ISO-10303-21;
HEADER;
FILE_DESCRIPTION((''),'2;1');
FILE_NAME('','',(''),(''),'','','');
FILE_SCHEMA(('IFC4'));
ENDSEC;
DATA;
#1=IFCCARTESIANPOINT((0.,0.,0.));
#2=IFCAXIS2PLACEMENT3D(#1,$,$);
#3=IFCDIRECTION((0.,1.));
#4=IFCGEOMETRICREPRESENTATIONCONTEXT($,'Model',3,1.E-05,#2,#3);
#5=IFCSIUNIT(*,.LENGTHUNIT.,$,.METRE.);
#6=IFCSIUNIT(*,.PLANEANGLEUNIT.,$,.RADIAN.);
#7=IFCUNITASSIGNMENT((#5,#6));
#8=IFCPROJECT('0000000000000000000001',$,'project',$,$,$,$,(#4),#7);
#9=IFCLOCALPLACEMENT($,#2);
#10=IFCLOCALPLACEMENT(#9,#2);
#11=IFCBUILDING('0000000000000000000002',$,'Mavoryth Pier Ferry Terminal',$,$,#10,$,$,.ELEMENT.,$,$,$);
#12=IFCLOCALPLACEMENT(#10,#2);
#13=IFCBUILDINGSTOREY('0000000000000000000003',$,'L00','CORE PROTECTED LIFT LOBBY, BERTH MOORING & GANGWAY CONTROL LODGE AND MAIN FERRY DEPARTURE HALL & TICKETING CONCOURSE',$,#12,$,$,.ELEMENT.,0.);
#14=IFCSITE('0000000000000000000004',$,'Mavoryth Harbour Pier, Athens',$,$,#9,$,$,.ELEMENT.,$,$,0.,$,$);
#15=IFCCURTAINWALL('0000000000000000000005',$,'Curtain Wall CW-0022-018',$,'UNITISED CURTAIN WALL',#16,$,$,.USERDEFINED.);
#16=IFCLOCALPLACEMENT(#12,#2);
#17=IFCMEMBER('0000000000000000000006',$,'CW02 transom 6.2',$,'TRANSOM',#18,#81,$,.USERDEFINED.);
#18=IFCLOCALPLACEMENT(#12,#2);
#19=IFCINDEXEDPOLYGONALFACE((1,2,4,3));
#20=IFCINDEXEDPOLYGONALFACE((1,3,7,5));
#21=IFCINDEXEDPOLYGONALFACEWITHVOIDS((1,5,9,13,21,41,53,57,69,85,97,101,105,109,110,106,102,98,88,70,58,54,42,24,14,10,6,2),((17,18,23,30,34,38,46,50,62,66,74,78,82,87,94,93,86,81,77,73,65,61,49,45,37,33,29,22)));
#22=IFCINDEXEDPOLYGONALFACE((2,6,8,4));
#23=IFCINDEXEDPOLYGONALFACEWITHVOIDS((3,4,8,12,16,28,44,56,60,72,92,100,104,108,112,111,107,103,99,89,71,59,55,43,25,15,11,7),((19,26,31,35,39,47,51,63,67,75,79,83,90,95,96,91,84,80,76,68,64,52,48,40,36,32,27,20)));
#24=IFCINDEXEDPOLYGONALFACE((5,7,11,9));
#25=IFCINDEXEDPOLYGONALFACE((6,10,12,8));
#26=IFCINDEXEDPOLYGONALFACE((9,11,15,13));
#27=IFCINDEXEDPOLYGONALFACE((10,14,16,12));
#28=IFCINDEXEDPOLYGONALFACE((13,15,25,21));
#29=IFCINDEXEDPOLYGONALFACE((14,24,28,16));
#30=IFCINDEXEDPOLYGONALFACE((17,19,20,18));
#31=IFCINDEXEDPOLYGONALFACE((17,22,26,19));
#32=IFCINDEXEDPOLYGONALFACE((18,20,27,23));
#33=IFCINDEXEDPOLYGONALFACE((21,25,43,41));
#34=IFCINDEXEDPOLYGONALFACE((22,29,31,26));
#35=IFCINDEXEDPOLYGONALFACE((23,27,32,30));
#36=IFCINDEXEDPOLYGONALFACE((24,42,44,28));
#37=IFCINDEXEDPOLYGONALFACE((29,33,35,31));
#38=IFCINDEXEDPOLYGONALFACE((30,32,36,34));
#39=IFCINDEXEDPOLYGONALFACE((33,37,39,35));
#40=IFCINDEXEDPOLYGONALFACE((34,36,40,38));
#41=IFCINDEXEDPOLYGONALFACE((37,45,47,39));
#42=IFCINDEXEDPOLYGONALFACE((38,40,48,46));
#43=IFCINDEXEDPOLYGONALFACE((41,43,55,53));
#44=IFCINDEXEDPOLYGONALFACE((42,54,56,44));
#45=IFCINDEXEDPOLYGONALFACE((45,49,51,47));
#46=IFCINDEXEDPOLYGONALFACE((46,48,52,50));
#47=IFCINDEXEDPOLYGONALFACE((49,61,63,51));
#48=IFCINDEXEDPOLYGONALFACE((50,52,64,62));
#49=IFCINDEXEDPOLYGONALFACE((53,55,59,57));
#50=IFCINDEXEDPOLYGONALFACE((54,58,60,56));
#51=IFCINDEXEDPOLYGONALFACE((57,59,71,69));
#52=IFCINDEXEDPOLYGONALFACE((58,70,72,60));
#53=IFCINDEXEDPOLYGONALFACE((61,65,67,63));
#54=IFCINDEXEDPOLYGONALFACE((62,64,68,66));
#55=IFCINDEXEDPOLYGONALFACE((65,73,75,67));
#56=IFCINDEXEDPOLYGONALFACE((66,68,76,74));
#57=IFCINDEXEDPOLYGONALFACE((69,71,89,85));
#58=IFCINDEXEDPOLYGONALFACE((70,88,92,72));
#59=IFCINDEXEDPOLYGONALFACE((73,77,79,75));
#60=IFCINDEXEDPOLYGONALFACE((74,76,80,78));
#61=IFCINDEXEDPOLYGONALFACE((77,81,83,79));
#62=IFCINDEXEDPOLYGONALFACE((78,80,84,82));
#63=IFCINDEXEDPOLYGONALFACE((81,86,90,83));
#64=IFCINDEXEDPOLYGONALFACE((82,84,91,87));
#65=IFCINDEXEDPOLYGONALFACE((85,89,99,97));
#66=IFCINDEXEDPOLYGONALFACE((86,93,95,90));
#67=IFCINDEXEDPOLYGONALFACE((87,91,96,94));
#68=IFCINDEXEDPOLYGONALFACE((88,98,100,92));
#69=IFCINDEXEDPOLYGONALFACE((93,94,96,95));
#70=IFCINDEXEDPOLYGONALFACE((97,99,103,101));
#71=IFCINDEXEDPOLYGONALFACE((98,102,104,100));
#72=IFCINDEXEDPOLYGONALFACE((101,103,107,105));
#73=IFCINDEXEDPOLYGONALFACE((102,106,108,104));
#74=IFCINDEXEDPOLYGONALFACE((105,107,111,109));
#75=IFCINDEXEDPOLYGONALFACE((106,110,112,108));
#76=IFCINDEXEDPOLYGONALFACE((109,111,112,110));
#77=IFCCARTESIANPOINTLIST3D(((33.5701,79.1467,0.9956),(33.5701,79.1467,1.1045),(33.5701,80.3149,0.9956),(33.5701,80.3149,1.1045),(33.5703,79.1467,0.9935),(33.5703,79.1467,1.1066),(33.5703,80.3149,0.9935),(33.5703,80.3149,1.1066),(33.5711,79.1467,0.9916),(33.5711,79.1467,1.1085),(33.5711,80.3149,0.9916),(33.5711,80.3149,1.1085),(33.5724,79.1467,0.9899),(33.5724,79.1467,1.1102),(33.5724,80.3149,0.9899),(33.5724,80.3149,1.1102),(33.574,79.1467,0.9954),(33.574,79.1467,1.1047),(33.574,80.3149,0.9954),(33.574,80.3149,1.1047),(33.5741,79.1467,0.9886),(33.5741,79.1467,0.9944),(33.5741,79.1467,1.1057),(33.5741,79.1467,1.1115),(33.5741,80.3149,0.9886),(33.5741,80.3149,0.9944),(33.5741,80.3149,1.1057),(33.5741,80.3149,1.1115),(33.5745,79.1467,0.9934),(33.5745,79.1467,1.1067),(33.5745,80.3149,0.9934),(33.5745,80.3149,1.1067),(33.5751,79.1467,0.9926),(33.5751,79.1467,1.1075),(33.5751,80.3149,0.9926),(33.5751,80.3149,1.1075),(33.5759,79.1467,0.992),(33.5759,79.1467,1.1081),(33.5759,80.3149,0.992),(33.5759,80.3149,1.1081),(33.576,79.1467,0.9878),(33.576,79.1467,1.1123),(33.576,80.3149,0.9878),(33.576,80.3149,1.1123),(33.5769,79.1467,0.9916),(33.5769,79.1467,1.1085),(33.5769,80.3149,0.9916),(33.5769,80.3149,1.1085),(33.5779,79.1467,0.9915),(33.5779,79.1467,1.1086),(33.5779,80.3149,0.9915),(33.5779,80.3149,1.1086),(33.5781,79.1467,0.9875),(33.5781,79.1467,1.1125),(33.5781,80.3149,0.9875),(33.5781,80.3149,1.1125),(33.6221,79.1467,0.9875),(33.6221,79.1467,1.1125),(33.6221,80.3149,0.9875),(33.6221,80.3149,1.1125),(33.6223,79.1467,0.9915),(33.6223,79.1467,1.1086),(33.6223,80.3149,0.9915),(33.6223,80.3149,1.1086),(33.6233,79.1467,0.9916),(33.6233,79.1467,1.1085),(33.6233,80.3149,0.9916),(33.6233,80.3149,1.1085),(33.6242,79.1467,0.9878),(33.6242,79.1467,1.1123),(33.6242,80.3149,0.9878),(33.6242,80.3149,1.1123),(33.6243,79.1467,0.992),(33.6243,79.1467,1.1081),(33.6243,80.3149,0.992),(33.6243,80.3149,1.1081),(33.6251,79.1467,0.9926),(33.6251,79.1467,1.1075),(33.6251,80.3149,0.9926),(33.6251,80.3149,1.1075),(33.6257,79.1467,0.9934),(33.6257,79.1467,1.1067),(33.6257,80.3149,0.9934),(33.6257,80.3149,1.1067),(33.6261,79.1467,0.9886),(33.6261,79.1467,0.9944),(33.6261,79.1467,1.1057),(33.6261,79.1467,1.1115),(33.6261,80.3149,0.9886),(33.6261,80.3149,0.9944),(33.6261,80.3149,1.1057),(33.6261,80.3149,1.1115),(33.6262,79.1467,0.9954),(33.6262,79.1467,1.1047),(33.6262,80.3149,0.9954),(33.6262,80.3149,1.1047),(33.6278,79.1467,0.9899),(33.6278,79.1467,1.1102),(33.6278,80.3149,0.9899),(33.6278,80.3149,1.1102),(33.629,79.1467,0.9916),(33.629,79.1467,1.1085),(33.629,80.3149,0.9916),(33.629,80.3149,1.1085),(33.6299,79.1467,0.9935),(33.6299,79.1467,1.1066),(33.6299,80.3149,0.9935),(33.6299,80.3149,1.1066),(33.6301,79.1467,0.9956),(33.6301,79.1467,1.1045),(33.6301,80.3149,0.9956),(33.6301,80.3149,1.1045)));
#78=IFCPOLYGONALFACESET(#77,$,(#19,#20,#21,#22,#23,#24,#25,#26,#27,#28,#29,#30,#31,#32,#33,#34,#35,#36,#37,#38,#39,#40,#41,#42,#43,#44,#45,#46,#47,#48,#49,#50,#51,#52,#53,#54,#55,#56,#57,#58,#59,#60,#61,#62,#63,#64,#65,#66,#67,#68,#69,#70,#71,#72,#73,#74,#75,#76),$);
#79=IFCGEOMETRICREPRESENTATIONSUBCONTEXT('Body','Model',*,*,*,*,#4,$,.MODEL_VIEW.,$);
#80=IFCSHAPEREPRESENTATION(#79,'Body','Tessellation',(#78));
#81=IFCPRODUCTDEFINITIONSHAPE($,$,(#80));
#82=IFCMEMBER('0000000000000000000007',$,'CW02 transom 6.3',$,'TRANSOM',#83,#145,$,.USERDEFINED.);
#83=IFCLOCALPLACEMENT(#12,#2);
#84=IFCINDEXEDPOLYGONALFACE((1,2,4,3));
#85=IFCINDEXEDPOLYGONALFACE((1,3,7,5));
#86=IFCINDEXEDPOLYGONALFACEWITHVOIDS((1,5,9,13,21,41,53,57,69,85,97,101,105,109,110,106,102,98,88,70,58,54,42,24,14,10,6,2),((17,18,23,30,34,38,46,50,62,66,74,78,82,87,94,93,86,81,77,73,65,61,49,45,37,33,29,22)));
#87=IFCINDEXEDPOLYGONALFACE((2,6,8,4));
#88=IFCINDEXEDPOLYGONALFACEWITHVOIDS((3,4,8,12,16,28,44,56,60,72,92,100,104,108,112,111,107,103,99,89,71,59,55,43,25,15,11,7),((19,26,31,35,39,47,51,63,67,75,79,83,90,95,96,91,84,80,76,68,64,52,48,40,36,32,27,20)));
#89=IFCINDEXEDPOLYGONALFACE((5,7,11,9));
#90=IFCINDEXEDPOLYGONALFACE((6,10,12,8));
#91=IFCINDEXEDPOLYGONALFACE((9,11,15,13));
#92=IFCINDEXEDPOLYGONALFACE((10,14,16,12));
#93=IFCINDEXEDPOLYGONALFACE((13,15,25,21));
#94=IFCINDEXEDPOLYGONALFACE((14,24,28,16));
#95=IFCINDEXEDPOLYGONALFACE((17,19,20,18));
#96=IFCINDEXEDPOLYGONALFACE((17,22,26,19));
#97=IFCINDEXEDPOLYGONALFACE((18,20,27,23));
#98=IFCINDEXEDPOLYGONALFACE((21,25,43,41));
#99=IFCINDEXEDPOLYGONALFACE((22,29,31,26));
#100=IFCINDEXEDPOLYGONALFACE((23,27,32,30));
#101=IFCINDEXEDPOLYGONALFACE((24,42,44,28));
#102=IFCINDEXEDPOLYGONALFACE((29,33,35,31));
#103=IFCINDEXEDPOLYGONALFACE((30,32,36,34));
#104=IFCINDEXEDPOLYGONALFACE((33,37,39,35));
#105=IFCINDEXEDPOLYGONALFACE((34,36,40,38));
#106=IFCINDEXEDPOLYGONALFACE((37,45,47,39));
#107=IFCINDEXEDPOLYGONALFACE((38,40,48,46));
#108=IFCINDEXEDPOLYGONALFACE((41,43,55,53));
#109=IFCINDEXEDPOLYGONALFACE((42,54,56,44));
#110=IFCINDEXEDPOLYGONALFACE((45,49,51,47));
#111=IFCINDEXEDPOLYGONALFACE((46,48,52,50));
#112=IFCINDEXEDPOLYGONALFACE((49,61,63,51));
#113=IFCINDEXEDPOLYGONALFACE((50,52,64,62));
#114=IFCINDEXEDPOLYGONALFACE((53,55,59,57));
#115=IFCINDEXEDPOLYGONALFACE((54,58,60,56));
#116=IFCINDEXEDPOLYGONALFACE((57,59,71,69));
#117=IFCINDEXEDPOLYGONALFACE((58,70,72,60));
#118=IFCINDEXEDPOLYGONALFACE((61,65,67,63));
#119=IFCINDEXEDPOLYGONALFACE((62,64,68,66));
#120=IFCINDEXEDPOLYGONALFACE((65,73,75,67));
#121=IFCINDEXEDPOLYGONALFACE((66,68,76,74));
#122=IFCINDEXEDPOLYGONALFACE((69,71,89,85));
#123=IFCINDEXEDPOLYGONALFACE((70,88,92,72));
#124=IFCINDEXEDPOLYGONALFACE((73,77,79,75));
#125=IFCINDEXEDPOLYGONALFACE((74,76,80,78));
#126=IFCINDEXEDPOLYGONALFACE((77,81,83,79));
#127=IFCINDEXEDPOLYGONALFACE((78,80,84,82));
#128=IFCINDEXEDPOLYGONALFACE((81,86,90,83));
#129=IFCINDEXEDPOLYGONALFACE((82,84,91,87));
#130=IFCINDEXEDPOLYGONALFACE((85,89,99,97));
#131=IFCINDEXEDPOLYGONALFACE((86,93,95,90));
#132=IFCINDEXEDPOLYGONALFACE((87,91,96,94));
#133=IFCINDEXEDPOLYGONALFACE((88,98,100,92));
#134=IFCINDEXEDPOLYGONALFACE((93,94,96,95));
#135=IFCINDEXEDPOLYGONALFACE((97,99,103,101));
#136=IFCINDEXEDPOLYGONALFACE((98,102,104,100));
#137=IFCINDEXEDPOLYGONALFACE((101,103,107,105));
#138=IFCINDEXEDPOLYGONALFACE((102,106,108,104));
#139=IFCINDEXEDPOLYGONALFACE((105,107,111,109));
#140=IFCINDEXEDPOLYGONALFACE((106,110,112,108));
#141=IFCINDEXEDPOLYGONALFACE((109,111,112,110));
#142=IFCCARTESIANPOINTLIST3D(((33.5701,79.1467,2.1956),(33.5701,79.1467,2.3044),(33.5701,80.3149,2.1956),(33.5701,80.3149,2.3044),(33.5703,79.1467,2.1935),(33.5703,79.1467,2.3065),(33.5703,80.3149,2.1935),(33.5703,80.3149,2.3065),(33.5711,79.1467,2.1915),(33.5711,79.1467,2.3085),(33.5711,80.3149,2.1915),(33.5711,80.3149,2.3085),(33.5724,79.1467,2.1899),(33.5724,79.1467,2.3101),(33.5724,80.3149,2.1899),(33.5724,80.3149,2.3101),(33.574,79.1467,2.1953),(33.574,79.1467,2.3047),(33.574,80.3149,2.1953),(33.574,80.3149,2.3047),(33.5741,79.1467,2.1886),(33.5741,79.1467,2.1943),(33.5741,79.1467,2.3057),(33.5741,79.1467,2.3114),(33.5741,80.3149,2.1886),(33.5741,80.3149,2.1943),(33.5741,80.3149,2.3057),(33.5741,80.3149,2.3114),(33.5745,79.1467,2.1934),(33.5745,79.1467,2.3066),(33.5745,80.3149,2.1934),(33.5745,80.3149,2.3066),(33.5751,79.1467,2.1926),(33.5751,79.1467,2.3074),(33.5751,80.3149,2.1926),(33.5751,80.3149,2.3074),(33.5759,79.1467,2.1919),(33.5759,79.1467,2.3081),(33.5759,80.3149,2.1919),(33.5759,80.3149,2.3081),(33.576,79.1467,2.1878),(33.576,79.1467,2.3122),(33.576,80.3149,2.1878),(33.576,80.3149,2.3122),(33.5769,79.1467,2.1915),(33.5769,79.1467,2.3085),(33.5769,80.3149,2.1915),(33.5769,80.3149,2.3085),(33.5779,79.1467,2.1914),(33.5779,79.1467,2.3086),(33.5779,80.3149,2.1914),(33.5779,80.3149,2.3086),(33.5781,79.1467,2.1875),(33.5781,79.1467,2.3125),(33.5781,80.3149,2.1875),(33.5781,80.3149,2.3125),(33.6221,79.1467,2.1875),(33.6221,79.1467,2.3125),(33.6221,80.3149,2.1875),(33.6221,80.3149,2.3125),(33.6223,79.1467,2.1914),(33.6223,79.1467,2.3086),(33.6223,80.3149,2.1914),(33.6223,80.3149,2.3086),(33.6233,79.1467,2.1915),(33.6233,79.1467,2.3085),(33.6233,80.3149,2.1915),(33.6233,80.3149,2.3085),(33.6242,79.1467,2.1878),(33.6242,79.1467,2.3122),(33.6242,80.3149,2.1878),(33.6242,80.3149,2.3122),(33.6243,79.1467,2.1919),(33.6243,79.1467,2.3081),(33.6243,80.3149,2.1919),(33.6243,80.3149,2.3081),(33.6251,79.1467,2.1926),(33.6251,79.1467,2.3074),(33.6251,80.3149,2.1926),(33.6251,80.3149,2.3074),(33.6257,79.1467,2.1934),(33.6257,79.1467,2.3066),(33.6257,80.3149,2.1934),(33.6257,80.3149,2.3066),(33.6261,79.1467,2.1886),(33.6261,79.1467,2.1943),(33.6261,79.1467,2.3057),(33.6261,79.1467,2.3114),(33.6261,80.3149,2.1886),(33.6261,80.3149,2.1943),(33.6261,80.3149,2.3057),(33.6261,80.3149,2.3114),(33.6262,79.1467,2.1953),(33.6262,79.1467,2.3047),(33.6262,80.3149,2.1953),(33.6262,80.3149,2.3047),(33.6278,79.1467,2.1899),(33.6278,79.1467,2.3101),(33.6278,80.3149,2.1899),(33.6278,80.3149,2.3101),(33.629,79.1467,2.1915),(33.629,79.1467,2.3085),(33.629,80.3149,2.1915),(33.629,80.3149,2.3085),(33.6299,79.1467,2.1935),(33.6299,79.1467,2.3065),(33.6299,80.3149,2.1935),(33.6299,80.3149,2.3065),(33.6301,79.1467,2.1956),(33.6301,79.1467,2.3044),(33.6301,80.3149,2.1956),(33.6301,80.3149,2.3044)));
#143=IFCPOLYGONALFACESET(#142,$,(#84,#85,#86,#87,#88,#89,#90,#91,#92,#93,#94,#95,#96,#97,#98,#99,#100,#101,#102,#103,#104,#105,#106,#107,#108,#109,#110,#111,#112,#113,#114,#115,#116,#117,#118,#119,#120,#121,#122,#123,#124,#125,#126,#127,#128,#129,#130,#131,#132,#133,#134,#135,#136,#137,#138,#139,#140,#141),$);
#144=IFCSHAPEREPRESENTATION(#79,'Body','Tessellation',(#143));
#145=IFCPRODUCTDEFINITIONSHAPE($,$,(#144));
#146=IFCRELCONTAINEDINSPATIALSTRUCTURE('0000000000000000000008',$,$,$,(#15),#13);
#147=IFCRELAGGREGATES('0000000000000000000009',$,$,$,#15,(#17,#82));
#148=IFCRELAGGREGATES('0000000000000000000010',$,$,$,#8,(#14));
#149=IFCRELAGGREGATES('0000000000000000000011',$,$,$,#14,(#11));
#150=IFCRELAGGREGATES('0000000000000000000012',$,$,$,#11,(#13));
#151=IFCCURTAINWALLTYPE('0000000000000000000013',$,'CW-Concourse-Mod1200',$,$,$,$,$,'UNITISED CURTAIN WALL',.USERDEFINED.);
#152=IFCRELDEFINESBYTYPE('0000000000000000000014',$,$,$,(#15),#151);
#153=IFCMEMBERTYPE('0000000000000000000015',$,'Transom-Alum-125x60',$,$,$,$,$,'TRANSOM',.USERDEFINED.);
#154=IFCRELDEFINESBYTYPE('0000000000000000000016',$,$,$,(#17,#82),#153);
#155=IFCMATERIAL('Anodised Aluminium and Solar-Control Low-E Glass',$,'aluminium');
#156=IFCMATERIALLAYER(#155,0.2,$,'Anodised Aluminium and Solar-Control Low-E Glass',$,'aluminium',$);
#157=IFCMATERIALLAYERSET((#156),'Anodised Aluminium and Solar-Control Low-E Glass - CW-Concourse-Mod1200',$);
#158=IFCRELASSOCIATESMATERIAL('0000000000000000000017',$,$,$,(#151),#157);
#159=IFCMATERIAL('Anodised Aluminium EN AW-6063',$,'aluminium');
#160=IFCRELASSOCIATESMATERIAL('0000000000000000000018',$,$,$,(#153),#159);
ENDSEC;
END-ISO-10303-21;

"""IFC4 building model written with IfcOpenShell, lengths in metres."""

from ifc_helpers import new_model, si_unit, direction, frame, origin, origin_2d, place, context, subcontext, project, spatial, hollow_rectangle, extrude, material, layer, layer_set, material_profile, profile_set, type_object, element, aggregate, save


model = new_model("IFC4")

# Units and contexts
model_context = context("Model", 3, precision=1e-05, world=origin(), true_north=direction((0.0, 1.0)))
body_context = subcontext(model_context, "Body", "Model", "MODEL_VIEW")
ifc_project = project(units=[si_unit("LENGTHUNIT", "METRE"), si_unit("PLANEANGLEUNIT", "RADIAN")], contexts=[model_context])

# Site, building, storey
site_placement = place(None, origin())
site = spatial("IfcSite", under=ifc_project, at=site_placement, Name="Mavoryth Harbour Pier, Athens", CompositionType="ELEMENT", RefElevation=0.0)
building_placement = place(site_placement, origin())
building = spatial("IfcBuilding", under=site, at=building_placement, Name="Mavoryth Pier Ferry Terminal", CompositionType="ELEMENT")
storey_placement = place(building_placement, origin())
storey = spatial("IfcBuildingStorey", under=building, at=storey_placement, Name="L00", Description="CORE PROTECTED LIFT LOBBY, BERTH MOORING & GANGWAY CONTROL LODGE AND MAIN FERRY DEPARTURE HALL & TICKETING CONCOURSE", CompositionType="ELEMENT", Elevation=0.0)

# Curtain wall, members
ifc_material_1 = material(Name="Anodised Aluminium and Solar-Control Low-E Glass", Category="aluminium")
ifc_layer_1 = layer(ifc_material_1, 0.2, Name="Anodised Aluminium and Solar-Control Low-E Glass", Category="aluminium")
ifc_layer_set_1 = layer_set([ifc_layer_1], Name="Anodised Aluminium and Solar-Control Low-E Glass - CW-Concourse-Mod1200")
curtain_wall_type = type_object("IfcCurtainWallType", Name="CW-Concourse-Mod1200", ElementType="UNITISED CURTAIN WALL", PredefinedType="USERDEFINED", material=ifc_layer_set_1)
curtain_wall_placement = place(storey_placement, origin())
curtain_wall = element("IfcCurtainWall", 1, at=curtain_wall_placement, inside=storey, type_object=curtain_wall_type, Name="Curtain Wall CW-0022-018", ObjectType="UNITISED CURTAIN WALL", PredefinedType="USERDEFINED")
ifc_material_2 = material(Name="Anodised Aluminium EN AW-6063", Category="aluminium")
ifc_material_profile_1 = material_profile(ifc_material_2, hollow_rectangle(XDim=0.0601, YDim=0.125, WallThickness=0.0039, InnerFilletRadius=0.0039, OuterFilletRadius=0.0081, at=origin_2d()), Name="AL-TRAN 125x60x4", Category="aluminium")
ifc_profile_set_1 = profile_set([ifc_material_profile_1], Name="Anodised Aluminium EN AW-6063 - AL-TRAN 125x60x4")
member_type_1 = type_object("IfcMemberType", Name="Transom-Alum-125x60", ElementType="TRANSOM", PredefinedType="USERDEFINED", material=ifc_profile_set_1)
member_1_placement = place(storey_placement, frame((33.6001, 79.1467, 1.05), z_axis=(0.0, 1.0, 0.0), x_axis=(-1.0, 0.0, 0.0)))
member_1 = element("IfcMember", 2, at=member_1_placement, type_object=member_type_1, Name="CW02 transom 6.2", ObjectType="TRANSOM", PredefinedType="USERDEFINED", context=body_context, shape_type="SweptSolid", body=[
    extrude(hollow_rectangle(XDim=0.0601, YDim=0.125, WallThickness=0.0039, InnerFilletRadius=0.0039, OuterFilletRadius=0.0081, at=origin_2d()), origin(), (0.0, 0.0, 1.0), 1.1682),
])
member_2_placement = place(storey_placement, frame((33.6001, 79.1467, 2.25), z_axis=(0.0, 1.0, 0.0), x_axis=(-1.0, 0.0, 0.0)))
member_2 = element("IfcMember", 3, at=member_2_placement, type_object=member_type_1, Name="CW02 transom 6.3", ObjectType="TRANSOM", PredefinedType="USERDEFINED", context=body_context, shape_type="SweptSolid", body=[
    extrude(hollow_rectangle(XDim=0.0601, YDim=0.125, WallThickness=0.0039, InnerFilletRadius=0.0039, OuterFilletRadius=0.0081, at=origin_2d()), origin(), (0.0, 0.0, 1.0), 1.1682),
])
aggregate(curtain_wall, [member_1, member_2])

save(model, "model.ifc")
